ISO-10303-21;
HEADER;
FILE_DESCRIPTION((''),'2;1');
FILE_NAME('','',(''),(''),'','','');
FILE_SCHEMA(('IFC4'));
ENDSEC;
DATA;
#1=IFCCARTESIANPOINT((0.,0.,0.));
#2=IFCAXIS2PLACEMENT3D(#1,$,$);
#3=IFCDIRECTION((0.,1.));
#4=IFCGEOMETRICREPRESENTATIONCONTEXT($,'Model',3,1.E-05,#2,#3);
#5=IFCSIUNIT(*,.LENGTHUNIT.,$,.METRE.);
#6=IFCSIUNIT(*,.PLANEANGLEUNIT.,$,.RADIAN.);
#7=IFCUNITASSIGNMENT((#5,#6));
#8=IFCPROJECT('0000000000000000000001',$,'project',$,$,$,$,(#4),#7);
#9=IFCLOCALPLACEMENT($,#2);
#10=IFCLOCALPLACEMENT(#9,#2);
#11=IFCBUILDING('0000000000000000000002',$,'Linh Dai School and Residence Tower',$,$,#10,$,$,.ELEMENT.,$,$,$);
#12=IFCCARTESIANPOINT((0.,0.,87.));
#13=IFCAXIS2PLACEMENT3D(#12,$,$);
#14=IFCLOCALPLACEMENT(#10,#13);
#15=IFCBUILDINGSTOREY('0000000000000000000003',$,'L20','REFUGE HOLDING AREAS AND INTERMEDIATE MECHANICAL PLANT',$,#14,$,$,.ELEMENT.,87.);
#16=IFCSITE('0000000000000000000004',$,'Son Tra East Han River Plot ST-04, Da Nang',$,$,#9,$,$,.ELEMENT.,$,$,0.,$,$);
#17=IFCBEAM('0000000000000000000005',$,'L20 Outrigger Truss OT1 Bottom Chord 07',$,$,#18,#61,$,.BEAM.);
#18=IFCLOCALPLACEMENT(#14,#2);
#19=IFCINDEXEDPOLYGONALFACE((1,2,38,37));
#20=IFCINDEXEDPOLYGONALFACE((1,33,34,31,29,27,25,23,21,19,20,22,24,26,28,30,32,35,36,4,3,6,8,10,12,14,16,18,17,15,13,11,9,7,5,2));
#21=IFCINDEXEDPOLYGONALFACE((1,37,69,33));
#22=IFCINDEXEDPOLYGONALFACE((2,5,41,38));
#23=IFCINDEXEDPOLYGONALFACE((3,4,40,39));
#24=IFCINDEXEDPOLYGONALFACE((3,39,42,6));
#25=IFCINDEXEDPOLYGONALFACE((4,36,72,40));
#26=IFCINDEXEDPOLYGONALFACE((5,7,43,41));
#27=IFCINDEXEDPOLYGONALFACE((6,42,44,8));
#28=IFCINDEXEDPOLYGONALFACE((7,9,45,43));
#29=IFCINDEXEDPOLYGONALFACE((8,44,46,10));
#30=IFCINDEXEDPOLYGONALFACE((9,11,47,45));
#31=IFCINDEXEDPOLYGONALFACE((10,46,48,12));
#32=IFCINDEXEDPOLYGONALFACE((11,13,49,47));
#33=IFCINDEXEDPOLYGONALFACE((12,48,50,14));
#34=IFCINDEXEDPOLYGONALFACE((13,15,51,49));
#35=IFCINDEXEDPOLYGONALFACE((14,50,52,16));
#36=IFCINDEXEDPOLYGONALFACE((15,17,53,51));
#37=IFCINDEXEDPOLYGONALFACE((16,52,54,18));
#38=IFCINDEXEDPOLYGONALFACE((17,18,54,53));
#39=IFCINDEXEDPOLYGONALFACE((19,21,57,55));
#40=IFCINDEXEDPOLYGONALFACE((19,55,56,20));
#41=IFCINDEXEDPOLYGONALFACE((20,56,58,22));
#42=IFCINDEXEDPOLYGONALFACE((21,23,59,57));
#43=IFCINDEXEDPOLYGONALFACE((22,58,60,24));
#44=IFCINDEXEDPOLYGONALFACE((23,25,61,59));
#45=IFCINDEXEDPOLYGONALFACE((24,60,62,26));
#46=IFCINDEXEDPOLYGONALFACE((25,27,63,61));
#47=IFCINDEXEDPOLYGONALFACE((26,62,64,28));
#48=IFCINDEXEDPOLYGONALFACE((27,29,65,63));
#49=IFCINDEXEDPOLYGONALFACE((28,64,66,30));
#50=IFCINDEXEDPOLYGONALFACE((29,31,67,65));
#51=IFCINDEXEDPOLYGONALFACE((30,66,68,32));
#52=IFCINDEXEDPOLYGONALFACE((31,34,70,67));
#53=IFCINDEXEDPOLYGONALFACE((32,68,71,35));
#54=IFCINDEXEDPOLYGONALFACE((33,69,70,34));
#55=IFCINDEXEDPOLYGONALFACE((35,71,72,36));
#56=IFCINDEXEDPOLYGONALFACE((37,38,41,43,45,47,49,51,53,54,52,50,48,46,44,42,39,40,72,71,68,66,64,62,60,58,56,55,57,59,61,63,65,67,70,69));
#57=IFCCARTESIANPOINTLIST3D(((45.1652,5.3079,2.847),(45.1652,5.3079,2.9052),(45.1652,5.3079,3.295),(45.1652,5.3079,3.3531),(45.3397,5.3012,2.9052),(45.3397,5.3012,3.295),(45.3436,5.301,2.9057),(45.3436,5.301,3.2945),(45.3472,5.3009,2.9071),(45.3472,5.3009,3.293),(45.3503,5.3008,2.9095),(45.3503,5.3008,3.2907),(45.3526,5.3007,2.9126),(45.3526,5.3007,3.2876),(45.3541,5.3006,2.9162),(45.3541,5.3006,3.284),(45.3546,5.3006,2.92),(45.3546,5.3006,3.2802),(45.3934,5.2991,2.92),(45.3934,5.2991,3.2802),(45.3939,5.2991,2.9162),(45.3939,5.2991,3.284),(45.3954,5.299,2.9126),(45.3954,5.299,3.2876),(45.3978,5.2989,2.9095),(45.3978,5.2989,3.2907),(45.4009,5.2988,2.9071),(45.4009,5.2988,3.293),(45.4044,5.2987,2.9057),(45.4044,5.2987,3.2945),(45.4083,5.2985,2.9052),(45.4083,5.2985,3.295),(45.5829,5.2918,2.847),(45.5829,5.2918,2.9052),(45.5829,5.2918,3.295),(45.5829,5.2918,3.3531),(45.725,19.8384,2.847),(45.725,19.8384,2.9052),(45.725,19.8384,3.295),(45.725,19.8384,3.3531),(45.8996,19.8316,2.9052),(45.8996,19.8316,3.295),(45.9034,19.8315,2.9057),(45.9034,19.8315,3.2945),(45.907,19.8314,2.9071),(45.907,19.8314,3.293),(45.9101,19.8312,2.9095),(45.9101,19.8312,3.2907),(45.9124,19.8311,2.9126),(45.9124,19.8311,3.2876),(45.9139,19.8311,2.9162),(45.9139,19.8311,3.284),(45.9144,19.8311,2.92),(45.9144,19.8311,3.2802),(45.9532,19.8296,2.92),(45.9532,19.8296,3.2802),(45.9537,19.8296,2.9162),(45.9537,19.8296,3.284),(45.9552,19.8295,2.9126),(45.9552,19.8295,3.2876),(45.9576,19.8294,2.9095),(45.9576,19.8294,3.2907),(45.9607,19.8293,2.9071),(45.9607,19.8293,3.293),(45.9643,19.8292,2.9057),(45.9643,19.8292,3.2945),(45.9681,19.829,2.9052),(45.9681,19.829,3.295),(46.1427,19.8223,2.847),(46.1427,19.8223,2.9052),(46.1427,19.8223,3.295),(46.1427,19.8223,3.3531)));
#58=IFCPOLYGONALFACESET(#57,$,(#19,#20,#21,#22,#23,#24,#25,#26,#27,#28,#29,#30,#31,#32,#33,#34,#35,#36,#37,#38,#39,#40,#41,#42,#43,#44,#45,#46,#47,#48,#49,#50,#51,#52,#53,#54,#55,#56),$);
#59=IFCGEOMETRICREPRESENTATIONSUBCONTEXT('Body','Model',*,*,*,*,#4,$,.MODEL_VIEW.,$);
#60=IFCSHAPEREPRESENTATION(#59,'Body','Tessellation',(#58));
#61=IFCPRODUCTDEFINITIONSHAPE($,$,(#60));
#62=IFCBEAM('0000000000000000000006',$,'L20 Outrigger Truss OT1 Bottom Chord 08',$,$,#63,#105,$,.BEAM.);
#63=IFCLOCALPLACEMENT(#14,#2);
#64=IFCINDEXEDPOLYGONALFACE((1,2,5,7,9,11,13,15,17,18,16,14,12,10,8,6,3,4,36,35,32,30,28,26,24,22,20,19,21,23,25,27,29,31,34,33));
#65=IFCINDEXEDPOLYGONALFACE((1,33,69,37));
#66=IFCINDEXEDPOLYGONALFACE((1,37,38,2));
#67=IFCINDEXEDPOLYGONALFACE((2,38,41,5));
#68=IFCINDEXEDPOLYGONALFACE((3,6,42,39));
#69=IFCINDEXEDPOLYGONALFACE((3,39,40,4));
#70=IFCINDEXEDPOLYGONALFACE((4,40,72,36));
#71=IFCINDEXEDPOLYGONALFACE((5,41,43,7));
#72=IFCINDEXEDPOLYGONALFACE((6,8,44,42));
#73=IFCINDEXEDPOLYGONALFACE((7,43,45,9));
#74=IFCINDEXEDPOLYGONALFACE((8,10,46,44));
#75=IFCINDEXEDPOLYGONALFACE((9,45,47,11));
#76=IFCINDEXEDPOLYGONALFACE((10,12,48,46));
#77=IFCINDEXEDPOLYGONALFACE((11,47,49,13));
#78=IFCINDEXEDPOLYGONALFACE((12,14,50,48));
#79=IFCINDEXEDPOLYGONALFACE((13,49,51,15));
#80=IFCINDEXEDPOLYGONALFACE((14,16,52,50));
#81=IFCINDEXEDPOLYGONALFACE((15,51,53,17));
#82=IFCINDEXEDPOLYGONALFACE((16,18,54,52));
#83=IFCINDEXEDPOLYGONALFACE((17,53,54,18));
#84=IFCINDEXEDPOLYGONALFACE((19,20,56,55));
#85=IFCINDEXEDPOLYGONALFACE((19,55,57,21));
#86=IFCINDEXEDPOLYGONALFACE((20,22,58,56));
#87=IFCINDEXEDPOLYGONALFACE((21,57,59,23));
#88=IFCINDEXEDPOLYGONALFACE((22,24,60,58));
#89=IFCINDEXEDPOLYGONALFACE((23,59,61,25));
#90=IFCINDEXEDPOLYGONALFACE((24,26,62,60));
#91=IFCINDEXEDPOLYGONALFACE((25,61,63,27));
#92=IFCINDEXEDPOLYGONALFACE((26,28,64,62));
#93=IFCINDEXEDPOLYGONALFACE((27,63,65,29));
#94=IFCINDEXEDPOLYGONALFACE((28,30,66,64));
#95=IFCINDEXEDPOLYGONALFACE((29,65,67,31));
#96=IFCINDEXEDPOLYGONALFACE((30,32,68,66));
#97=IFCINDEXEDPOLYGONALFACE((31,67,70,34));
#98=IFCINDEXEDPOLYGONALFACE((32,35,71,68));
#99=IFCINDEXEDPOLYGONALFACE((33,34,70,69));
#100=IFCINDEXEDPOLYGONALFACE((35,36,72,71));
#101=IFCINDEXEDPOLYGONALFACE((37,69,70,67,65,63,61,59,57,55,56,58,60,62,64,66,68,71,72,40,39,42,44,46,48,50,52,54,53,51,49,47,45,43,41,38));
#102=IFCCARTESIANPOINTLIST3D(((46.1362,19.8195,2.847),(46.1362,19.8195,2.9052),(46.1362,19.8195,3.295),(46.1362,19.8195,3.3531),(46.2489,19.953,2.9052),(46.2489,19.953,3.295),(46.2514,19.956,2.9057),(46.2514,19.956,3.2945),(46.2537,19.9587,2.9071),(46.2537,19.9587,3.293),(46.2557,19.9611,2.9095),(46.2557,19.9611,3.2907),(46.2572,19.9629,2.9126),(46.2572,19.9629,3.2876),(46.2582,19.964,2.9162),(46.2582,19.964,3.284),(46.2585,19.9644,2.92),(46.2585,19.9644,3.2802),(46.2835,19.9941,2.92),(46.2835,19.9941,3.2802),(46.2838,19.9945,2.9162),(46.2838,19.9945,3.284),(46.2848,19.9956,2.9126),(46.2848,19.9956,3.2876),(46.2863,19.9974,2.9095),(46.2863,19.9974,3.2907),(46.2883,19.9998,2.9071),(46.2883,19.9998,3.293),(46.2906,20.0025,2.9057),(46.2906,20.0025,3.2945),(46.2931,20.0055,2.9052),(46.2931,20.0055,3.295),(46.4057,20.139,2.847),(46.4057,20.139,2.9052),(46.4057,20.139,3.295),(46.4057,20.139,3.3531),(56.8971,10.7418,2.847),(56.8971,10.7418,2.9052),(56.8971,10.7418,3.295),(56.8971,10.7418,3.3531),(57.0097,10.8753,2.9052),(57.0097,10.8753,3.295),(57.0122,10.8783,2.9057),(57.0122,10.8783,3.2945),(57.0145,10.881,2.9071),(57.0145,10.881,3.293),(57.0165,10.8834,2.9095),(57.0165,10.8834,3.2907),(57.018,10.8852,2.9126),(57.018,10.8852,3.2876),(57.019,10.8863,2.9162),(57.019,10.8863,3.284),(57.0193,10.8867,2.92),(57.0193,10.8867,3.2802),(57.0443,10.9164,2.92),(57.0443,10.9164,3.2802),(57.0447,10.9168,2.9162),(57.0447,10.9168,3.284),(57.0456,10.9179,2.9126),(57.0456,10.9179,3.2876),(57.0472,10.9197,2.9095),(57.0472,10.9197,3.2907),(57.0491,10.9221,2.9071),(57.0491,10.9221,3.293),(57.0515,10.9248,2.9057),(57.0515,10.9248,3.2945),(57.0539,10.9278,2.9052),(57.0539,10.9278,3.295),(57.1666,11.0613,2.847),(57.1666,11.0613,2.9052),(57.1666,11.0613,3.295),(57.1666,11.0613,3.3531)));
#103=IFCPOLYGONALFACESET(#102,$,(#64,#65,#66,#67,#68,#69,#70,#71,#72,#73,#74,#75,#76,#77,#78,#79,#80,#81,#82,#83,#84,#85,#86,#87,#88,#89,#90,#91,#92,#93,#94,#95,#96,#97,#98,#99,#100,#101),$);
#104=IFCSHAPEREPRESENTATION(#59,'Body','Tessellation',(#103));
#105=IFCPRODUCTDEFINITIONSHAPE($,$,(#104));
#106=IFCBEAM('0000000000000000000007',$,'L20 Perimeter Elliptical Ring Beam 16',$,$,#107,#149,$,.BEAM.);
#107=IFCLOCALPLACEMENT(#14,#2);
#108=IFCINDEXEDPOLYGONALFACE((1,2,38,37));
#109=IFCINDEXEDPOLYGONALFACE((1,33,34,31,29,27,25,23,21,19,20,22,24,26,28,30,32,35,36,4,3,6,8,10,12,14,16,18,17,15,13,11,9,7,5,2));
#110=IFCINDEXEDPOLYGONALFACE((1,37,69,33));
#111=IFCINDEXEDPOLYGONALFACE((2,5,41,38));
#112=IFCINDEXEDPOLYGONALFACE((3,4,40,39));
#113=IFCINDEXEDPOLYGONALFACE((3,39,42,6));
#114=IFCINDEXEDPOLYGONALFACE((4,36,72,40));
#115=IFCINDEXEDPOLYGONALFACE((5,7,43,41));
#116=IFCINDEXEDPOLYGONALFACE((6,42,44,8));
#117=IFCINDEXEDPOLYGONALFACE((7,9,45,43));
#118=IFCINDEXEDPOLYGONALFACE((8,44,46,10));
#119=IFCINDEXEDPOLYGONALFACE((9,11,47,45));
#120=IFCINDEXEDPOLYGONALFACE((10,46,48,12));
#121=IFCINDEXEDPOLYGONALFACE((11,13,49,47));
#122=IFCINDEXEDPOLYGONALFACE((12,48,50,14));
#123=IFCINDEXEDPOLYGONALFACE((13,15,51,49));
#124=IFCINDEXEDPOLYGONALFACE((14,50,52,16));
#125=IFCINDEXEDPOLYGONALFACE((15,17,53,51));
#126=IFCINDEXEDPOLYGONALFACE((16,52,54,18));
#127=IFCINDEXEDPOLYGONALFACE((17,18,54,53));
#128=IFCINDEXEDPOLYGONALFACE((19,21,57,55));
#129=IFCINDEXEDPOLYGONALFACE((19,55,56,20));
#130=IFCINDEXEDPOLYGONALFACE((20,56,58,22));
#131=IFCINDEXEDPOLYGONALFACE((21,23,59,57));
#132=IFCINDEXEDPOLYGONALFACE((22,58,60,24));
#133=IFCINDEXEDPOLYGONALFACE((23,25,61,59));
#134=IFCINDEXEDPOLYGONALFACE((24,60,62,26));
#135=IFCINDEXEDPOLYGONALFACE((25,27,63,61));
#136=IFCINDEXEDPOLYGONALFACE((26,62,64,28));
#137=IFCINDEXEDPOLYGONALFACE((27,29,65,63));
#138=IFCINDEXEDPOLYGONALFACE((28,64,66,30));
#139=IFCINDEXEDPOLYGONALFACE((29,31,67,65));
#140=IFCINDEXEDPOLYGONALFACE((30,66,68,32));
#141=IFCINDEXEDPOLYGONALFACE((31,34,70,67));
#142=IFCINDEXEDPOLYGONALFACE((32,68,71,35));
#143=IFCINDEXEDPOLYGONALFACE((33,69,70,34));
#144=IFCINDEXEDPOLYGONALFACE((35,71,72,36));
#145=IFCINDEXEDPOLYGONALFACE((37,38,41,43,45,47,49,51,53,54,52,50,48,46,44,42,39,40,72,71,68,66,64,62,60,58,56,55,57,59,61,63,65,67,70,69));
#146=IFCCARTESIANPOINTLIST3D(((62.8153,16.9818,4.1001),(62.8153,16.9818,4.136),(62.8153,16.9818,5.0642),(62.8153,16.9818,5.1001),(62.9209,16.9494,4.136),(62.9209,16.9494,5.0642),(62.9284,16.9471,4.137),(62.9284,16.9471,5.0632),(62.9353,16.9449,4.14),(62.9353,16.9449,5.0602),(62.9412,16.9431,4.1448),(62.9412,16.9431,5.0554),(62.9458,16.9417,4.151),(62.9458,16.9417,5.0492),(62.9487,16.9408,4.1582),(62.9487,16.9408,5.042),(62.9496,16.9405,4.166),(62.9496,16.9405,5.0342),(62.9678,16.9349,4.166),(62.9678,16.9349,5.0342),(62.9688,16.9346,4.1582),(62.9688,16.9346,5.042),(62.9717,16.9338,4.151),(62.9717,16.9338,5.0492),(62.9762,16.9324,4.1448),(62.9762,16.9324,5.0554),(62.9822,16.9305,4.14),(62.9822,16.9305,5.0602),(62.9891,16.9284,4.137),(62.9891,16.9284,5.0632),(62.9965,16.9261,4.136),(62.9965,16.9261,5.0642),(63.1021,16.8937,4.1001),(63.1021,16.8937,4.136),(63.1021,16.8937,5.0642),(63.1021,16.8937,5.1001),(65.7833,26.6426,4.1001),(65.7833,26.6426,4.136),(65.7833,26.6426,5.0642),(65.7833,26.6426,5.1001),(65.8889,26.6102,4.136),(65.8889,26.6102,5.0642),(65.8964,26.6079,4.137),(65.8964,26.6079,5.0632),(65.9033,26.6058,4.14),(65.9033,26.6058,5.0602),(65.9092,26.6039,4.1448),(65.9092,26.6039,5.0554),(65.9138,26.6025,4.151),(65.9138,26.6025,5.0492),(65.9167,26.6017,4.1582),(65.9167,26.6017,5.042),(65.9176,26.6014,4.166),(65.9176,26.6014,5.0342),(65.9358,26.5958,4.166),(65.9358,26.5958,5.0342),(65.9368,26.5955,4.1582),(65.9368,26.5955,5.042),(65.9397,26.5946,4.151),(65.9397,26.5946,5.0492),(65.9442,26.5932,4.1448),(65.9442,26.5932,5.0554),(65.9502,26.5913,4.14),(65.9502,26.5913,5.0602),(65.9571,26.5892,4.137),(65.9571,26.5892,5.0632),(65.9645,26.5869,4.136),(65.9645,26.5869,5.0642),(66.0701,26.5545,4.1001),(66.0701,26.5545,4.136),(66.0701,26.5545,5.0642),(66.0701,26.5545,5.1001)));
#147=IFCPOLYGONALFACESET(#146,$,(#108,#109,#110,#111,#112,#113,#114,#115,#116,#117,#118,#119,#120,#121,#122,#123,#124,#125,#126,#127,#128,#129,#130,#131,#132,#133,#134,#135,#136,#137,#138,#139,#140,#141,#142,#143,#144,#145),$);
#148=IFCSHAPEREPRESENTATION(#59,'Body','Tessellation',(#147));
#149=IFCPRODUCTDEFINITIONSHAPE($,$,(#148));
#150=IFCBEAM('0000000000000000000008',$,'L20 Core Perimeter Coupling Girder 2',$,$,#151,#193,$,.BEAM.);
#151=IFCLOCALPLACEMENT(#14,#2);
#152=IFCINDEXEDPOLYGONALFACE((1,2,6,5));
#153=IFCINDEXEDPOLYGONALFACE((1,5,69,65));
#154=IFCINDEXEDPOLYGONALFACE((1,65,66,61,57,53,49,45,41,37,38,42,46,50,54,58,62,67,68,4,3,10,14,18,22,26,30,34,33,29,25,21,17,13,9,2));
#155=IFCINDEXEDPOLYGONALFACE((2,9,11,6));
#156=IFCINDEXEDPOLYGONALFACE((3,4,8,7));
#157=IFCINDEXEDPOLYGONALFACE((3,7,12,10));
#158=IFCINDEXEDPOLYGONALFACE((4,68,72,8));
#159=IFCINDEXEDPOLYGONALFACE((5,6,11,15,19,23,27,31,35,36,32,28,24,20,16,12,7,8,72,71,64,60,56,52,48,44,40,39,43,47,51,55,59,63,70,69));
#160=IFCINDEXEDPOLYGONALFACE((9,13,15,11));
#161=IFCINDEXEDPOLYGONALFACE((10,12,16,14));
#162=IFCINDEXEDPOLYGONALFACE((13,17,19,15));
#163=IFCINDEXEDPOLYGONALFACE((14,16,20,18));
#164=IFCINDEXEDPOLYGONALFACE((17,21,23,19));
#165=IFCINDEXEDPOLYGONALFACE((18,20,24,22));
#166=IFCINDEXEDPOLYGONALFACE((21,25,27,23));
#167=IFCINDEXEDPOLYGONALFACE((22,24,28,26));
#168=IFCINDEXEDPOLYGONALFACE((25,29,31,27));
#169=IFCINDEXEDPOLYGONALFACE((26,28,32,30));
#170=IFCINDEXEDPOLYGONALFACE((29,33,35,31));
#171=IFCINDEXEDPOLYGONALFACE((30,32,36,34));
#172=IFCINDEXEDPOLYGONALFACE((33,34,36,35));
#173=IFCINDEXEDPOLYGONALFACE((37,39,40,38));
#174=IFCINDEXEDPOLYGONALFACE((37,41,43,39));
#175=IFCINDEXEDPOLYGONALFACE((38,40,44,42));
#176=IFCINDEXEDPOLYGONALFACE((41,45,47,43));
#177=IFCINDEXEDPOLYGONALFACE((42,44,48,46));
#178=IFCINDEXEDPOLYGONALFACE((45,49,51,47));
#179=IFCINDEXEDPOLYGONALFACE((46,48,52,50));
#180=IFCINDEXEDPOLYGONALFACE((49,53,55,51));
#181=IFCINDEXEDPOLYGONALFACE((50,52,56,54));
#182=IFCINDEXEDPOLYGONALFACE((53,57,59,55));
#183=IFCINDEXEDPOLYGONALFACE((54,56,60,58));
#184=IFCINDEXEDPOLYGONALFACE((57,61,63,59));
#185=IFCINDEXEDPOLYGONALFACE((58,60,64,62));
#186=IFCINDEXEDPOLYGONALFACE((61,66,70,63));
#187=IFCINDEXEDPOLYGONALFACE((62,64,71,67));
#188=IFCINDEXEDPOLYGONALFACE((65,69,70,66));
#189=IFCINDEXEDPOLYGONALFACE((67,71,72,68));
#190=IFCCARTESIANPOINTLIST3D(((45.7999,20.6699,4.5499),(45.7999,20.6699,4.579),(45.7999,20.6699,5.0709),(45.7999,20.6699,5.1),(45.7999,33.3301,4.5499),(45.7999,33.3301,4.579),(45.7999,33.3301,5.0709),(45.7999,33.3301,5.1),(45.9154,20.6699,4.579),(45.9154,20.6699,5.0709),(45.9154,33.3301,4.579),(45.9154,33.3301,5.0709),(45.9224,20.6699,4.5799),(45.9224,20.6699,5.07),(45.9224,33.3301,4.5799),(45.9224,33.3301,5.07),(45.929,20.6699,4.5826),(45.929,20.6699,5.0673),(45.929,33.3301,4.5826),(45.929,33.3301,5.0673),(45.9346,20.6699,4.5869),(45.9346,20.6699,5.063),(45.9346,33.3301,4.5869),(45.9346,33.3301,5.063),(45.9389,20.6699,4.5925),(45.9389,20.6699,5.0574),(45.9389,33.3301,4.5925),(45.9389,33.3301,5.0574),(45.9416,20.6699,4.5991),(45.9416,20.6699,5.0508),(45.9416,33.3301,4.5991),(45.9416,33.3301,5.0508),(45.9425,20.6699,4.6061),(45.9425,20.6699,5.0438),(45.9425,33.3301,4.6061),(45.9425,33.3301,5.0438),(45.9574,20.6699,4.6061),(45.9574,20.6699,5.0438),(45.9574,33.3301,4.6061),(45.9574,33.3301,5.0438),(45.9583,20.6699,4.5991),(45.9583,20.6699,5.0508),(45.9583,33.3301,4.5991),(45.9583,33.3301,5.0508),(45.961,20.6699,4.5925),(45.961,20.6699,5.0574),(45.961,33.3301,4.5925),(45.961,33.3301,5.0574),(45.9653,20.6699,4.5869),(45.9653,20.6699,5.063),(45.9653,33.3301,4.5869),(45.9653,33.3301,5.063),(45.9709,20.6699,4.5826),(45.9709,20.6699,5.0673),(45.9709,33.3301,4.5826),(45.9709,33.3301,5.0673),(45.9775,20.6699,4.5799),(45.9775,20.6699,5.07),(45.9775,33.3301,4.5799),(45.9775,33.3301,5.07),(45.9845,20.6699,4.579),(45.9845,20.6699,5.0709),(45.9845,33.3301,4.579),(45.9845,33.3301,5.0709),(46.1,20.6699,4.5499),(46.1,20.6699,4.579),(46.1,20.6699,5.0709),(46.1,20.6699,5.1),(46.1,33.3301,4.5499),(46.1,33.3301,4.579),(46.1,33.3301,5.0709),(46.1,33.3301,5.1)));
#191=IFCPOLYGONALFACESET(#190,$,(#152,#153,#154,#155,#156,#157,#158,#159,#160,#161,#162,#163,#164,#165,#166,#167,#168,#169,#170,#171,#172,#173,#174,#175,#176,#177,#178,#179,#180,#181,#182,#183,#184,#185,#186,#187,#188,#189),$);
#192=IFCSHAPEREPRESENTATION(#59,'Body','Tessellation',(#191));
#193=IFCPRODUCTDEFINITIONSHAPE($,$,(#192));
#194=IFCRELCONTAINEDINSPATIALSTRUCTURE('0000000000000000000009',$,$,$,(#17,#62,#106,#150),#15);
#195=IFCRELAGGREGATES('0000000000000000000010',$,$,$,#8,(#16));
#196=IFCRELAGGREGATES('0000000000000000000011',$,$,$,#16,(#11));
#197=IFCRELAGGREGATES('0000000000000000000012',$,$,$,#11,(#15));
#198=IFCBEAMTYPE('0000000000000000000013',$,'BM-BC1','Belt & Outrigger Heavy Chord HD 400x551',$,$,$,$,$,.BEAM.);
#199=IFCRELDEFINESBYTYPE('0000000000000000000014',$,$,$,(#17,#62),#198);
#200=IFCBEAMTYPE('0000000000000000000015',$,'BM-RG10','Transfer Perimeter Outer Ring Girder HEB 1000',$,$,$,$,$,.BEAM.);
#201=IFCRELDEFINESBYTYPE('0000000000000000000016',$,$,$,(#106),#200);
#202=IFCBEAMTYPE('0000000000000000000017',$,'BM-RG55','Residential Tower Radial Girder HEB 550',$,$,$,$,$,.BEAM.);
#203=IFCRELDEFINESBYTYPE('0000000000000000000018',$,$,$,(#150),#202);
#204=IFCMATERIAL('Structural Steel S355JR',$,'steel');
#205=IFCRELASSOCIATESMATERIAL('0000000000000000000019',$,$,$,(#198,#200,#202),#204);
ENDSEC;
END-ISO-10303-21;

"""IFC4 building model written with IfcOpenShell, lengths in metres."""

from ifc_helpers import new_model, si_unit, direction, frame, origin, origin_2d, place, context, subcontext, project, spatial, i_section, extrude, material, material_profile, profile_set, type_object, element, save


model = new_model("IFC4")

# Units and contexts
model_context = context("Model", 3, precision=1e-05, world=origin(), true_north=direction((0.0, 1.0)))
body_context = subcontext(model_context, "Body", "Model", "MODEL_VIEW")
ifc_project = project(units=[si_unit("LENGTHUNIT", "METRE"), si_unit("PLANEANGLEUNIT", "RADIAN")], contexts=[model_context])

# Site, building, storey
site_placement = place(None, origin())
site = spatial("IfcSite", under=ifc_project, at=site_placement, Name="Son Tra East Han River Plot ST-04, Da Nang", CompositionType="ELEMENT", RefElevation=0.0)
building_placement = place(site_placement, origin())
building = spatial("IfcBuilding", under=site, at=building_placement, Name="Linh Dai School and Residence Tower", CompositionType="ELEMENT")
storey_placement = place(building_placement, frame((0.0, 0.0, 87.0)))
storey = spatial("IfcBuildingStorey", under=building, at=storey_placement, Name="L20", Description="REFUGE HOLDING AREAS AND INTERMEDIATE MECHANICAL PLANT", CompositionType="ELEMENT", Elevation=87.0)

# Shared definitions
ifc_material_1 = material(Name="Structural Steel S355JR", Category="steel")

# Beams
ifc_material_profile_1 = material_profile(ifc_material_1, i_section(OverallWidth=0.418, OverallDepth=0.5061, WebThickness=0.0388, FlangeThickness=0.0581, FilletRadius=0.0149, at=origin_2d()), Name="HD 400x551")
ifc_profile_set_1 = profile_set([ifc_material_profile_1], Name="Structural Steel S355JR")
beam_type_1 = type_object("IfcBeamType", Name="BM-BC1", Description="Belt & Outrigger Heavy Chord HD 400x551", PredefinedType="BEAM", material=ifc_profile_set_1)
beam_1_placement = place(storey_placement, frame((45.9338, 19.8303, 3.1001), z_axis=(-0.038498, -0.999259, 0.0), x_axis=(0.999259, -0.038498, 0.0)))
element("IfcBeam", 1, at=beam_1_placement, inside=storey, type_object=beam_type_1, Name="L20 Outrigger Truss OT1 Bottom Chord 07", PredefinedType="BEAM", context=body_context, shape_type="SweptSolid", body=[
    extrude(i_section(OverallWidth=0.418, OverallDepth=0.5061, WebThickness=0.0388, FlangeThickness=0.0581, FilletRadius=0.0149, at=origin_2d()), origin(), (0.0, 0.0, 1.0), 14.5413),
])
beam_2_placement = place(storey_placement, frame((46.271, 19.9792, 3.1001), z_axis=(0.764352, -0.644799, 0.0), x_axis=(0.644799, 0.764352, 0.0)))
element("IfcBeam", 2, at=beam_2_placement, inside=storey, type_object=beam_type_1, Name="L20 Outrigger Truss OT1 Bottom Chord 08", PredefinedType="BEAM", context=body_context, shape_type="SweptSolid", body=[
    extrude(i_section(OverallWidth=0.418, OverallDepth=0.5061, WebThickness=0.0388, FlangeThickness=0.0581, FilletRadius=0.0149, at=origin_2d()), origin(), (0.0, 0.0, 1.0), 14.0784),
])
ifc_material_profile_2 = material_profile(ifc_material_1, i_section(OverallWidth=0.3, OverallDepth=1.0, WebThickness=0.019, FlangeThickness=0.0359, FilletRadius=0.03, at=origin_2d()), Name="HEB 1000")
ifc_profile_set_2 = profile_set([ifc_material_profile_2], Name="Structural Steel S355JR")
beam_type_2 = type_object("IfcBeamType", Name="BM-RG10", Description="Transfer Perimeter Outer Ring Girder HEB 1000", PredefinedType="BEAM", material=ifc_profile_set_2)
beam_3_placement = place(storey_placement, frame((62.9587, 16.9377, 4.6001), z_axis=(0.293673, 0.955906, 0.0), x_axis=(-0.955906, 0.293673, 0.0)))
element("IfcBeam", 3, at=beam_3_placement, inside=storey, type_object=beam_type_2, Name="L20 Perimeter Elliptical Ring Beam 16", PredefinedType="BEAM", context=body_context, shape_type="SweptSolid", body=[
    extrude(i_section(OverallWidth=0.3, OverallDepth=1.0, WebThickness=0.019, FlangeThickness=0.0359, FilletRadius=0.03, at=origin_2d()), origin(), (0.0, 0.0, 1.0), 10.1064),
])
ifc_material_profile_3 = material_profile(ifc_material_1, i_section(OverallWidth=0.3, OverallDepth=0.55, WebThickness=0.0149, FlangeThickness=0.0291, FilletRadius=0.0271, at=origin_2d()), Name="HEB 550")
ifc_profile_set_3 = profile_set([ifc_material_profile_3], Name="Structural Steel S355JR")
beam_type_3 = type_object("IfcBeamType", Name="BM-RG55", Description="Residential Tower Radial Girder HEB 550", PredefinedType="BEAM", material=ifc_profile_set_3)
beam_4_placement = place(storey_placement, frame((45.95, 20.6699, 4.825), z_axis=(0.0, 1.0, 0.0), x_axis=(-1.0, 0.0, 0.0)))
element("IfcBeam", 4, at=beam_4_placement, inside=storey, type_object=beam_type_3, Name="L20 Core Perimeter Coupling Girder 2", PredefinedType="BEAM", context=body_context, shape_type="SweptSolid", body=[
    extrude(i_section(OverallWidth=0.3, OverallDepth=0.55, WebThickness=0.0149, FlangeThickness=0.0291, FilletRadius=0.0271, at=origin_2d()), origin(), (0.0, 0.0, 1.0), 12.6602),
])

save(model, "model.ifc")
